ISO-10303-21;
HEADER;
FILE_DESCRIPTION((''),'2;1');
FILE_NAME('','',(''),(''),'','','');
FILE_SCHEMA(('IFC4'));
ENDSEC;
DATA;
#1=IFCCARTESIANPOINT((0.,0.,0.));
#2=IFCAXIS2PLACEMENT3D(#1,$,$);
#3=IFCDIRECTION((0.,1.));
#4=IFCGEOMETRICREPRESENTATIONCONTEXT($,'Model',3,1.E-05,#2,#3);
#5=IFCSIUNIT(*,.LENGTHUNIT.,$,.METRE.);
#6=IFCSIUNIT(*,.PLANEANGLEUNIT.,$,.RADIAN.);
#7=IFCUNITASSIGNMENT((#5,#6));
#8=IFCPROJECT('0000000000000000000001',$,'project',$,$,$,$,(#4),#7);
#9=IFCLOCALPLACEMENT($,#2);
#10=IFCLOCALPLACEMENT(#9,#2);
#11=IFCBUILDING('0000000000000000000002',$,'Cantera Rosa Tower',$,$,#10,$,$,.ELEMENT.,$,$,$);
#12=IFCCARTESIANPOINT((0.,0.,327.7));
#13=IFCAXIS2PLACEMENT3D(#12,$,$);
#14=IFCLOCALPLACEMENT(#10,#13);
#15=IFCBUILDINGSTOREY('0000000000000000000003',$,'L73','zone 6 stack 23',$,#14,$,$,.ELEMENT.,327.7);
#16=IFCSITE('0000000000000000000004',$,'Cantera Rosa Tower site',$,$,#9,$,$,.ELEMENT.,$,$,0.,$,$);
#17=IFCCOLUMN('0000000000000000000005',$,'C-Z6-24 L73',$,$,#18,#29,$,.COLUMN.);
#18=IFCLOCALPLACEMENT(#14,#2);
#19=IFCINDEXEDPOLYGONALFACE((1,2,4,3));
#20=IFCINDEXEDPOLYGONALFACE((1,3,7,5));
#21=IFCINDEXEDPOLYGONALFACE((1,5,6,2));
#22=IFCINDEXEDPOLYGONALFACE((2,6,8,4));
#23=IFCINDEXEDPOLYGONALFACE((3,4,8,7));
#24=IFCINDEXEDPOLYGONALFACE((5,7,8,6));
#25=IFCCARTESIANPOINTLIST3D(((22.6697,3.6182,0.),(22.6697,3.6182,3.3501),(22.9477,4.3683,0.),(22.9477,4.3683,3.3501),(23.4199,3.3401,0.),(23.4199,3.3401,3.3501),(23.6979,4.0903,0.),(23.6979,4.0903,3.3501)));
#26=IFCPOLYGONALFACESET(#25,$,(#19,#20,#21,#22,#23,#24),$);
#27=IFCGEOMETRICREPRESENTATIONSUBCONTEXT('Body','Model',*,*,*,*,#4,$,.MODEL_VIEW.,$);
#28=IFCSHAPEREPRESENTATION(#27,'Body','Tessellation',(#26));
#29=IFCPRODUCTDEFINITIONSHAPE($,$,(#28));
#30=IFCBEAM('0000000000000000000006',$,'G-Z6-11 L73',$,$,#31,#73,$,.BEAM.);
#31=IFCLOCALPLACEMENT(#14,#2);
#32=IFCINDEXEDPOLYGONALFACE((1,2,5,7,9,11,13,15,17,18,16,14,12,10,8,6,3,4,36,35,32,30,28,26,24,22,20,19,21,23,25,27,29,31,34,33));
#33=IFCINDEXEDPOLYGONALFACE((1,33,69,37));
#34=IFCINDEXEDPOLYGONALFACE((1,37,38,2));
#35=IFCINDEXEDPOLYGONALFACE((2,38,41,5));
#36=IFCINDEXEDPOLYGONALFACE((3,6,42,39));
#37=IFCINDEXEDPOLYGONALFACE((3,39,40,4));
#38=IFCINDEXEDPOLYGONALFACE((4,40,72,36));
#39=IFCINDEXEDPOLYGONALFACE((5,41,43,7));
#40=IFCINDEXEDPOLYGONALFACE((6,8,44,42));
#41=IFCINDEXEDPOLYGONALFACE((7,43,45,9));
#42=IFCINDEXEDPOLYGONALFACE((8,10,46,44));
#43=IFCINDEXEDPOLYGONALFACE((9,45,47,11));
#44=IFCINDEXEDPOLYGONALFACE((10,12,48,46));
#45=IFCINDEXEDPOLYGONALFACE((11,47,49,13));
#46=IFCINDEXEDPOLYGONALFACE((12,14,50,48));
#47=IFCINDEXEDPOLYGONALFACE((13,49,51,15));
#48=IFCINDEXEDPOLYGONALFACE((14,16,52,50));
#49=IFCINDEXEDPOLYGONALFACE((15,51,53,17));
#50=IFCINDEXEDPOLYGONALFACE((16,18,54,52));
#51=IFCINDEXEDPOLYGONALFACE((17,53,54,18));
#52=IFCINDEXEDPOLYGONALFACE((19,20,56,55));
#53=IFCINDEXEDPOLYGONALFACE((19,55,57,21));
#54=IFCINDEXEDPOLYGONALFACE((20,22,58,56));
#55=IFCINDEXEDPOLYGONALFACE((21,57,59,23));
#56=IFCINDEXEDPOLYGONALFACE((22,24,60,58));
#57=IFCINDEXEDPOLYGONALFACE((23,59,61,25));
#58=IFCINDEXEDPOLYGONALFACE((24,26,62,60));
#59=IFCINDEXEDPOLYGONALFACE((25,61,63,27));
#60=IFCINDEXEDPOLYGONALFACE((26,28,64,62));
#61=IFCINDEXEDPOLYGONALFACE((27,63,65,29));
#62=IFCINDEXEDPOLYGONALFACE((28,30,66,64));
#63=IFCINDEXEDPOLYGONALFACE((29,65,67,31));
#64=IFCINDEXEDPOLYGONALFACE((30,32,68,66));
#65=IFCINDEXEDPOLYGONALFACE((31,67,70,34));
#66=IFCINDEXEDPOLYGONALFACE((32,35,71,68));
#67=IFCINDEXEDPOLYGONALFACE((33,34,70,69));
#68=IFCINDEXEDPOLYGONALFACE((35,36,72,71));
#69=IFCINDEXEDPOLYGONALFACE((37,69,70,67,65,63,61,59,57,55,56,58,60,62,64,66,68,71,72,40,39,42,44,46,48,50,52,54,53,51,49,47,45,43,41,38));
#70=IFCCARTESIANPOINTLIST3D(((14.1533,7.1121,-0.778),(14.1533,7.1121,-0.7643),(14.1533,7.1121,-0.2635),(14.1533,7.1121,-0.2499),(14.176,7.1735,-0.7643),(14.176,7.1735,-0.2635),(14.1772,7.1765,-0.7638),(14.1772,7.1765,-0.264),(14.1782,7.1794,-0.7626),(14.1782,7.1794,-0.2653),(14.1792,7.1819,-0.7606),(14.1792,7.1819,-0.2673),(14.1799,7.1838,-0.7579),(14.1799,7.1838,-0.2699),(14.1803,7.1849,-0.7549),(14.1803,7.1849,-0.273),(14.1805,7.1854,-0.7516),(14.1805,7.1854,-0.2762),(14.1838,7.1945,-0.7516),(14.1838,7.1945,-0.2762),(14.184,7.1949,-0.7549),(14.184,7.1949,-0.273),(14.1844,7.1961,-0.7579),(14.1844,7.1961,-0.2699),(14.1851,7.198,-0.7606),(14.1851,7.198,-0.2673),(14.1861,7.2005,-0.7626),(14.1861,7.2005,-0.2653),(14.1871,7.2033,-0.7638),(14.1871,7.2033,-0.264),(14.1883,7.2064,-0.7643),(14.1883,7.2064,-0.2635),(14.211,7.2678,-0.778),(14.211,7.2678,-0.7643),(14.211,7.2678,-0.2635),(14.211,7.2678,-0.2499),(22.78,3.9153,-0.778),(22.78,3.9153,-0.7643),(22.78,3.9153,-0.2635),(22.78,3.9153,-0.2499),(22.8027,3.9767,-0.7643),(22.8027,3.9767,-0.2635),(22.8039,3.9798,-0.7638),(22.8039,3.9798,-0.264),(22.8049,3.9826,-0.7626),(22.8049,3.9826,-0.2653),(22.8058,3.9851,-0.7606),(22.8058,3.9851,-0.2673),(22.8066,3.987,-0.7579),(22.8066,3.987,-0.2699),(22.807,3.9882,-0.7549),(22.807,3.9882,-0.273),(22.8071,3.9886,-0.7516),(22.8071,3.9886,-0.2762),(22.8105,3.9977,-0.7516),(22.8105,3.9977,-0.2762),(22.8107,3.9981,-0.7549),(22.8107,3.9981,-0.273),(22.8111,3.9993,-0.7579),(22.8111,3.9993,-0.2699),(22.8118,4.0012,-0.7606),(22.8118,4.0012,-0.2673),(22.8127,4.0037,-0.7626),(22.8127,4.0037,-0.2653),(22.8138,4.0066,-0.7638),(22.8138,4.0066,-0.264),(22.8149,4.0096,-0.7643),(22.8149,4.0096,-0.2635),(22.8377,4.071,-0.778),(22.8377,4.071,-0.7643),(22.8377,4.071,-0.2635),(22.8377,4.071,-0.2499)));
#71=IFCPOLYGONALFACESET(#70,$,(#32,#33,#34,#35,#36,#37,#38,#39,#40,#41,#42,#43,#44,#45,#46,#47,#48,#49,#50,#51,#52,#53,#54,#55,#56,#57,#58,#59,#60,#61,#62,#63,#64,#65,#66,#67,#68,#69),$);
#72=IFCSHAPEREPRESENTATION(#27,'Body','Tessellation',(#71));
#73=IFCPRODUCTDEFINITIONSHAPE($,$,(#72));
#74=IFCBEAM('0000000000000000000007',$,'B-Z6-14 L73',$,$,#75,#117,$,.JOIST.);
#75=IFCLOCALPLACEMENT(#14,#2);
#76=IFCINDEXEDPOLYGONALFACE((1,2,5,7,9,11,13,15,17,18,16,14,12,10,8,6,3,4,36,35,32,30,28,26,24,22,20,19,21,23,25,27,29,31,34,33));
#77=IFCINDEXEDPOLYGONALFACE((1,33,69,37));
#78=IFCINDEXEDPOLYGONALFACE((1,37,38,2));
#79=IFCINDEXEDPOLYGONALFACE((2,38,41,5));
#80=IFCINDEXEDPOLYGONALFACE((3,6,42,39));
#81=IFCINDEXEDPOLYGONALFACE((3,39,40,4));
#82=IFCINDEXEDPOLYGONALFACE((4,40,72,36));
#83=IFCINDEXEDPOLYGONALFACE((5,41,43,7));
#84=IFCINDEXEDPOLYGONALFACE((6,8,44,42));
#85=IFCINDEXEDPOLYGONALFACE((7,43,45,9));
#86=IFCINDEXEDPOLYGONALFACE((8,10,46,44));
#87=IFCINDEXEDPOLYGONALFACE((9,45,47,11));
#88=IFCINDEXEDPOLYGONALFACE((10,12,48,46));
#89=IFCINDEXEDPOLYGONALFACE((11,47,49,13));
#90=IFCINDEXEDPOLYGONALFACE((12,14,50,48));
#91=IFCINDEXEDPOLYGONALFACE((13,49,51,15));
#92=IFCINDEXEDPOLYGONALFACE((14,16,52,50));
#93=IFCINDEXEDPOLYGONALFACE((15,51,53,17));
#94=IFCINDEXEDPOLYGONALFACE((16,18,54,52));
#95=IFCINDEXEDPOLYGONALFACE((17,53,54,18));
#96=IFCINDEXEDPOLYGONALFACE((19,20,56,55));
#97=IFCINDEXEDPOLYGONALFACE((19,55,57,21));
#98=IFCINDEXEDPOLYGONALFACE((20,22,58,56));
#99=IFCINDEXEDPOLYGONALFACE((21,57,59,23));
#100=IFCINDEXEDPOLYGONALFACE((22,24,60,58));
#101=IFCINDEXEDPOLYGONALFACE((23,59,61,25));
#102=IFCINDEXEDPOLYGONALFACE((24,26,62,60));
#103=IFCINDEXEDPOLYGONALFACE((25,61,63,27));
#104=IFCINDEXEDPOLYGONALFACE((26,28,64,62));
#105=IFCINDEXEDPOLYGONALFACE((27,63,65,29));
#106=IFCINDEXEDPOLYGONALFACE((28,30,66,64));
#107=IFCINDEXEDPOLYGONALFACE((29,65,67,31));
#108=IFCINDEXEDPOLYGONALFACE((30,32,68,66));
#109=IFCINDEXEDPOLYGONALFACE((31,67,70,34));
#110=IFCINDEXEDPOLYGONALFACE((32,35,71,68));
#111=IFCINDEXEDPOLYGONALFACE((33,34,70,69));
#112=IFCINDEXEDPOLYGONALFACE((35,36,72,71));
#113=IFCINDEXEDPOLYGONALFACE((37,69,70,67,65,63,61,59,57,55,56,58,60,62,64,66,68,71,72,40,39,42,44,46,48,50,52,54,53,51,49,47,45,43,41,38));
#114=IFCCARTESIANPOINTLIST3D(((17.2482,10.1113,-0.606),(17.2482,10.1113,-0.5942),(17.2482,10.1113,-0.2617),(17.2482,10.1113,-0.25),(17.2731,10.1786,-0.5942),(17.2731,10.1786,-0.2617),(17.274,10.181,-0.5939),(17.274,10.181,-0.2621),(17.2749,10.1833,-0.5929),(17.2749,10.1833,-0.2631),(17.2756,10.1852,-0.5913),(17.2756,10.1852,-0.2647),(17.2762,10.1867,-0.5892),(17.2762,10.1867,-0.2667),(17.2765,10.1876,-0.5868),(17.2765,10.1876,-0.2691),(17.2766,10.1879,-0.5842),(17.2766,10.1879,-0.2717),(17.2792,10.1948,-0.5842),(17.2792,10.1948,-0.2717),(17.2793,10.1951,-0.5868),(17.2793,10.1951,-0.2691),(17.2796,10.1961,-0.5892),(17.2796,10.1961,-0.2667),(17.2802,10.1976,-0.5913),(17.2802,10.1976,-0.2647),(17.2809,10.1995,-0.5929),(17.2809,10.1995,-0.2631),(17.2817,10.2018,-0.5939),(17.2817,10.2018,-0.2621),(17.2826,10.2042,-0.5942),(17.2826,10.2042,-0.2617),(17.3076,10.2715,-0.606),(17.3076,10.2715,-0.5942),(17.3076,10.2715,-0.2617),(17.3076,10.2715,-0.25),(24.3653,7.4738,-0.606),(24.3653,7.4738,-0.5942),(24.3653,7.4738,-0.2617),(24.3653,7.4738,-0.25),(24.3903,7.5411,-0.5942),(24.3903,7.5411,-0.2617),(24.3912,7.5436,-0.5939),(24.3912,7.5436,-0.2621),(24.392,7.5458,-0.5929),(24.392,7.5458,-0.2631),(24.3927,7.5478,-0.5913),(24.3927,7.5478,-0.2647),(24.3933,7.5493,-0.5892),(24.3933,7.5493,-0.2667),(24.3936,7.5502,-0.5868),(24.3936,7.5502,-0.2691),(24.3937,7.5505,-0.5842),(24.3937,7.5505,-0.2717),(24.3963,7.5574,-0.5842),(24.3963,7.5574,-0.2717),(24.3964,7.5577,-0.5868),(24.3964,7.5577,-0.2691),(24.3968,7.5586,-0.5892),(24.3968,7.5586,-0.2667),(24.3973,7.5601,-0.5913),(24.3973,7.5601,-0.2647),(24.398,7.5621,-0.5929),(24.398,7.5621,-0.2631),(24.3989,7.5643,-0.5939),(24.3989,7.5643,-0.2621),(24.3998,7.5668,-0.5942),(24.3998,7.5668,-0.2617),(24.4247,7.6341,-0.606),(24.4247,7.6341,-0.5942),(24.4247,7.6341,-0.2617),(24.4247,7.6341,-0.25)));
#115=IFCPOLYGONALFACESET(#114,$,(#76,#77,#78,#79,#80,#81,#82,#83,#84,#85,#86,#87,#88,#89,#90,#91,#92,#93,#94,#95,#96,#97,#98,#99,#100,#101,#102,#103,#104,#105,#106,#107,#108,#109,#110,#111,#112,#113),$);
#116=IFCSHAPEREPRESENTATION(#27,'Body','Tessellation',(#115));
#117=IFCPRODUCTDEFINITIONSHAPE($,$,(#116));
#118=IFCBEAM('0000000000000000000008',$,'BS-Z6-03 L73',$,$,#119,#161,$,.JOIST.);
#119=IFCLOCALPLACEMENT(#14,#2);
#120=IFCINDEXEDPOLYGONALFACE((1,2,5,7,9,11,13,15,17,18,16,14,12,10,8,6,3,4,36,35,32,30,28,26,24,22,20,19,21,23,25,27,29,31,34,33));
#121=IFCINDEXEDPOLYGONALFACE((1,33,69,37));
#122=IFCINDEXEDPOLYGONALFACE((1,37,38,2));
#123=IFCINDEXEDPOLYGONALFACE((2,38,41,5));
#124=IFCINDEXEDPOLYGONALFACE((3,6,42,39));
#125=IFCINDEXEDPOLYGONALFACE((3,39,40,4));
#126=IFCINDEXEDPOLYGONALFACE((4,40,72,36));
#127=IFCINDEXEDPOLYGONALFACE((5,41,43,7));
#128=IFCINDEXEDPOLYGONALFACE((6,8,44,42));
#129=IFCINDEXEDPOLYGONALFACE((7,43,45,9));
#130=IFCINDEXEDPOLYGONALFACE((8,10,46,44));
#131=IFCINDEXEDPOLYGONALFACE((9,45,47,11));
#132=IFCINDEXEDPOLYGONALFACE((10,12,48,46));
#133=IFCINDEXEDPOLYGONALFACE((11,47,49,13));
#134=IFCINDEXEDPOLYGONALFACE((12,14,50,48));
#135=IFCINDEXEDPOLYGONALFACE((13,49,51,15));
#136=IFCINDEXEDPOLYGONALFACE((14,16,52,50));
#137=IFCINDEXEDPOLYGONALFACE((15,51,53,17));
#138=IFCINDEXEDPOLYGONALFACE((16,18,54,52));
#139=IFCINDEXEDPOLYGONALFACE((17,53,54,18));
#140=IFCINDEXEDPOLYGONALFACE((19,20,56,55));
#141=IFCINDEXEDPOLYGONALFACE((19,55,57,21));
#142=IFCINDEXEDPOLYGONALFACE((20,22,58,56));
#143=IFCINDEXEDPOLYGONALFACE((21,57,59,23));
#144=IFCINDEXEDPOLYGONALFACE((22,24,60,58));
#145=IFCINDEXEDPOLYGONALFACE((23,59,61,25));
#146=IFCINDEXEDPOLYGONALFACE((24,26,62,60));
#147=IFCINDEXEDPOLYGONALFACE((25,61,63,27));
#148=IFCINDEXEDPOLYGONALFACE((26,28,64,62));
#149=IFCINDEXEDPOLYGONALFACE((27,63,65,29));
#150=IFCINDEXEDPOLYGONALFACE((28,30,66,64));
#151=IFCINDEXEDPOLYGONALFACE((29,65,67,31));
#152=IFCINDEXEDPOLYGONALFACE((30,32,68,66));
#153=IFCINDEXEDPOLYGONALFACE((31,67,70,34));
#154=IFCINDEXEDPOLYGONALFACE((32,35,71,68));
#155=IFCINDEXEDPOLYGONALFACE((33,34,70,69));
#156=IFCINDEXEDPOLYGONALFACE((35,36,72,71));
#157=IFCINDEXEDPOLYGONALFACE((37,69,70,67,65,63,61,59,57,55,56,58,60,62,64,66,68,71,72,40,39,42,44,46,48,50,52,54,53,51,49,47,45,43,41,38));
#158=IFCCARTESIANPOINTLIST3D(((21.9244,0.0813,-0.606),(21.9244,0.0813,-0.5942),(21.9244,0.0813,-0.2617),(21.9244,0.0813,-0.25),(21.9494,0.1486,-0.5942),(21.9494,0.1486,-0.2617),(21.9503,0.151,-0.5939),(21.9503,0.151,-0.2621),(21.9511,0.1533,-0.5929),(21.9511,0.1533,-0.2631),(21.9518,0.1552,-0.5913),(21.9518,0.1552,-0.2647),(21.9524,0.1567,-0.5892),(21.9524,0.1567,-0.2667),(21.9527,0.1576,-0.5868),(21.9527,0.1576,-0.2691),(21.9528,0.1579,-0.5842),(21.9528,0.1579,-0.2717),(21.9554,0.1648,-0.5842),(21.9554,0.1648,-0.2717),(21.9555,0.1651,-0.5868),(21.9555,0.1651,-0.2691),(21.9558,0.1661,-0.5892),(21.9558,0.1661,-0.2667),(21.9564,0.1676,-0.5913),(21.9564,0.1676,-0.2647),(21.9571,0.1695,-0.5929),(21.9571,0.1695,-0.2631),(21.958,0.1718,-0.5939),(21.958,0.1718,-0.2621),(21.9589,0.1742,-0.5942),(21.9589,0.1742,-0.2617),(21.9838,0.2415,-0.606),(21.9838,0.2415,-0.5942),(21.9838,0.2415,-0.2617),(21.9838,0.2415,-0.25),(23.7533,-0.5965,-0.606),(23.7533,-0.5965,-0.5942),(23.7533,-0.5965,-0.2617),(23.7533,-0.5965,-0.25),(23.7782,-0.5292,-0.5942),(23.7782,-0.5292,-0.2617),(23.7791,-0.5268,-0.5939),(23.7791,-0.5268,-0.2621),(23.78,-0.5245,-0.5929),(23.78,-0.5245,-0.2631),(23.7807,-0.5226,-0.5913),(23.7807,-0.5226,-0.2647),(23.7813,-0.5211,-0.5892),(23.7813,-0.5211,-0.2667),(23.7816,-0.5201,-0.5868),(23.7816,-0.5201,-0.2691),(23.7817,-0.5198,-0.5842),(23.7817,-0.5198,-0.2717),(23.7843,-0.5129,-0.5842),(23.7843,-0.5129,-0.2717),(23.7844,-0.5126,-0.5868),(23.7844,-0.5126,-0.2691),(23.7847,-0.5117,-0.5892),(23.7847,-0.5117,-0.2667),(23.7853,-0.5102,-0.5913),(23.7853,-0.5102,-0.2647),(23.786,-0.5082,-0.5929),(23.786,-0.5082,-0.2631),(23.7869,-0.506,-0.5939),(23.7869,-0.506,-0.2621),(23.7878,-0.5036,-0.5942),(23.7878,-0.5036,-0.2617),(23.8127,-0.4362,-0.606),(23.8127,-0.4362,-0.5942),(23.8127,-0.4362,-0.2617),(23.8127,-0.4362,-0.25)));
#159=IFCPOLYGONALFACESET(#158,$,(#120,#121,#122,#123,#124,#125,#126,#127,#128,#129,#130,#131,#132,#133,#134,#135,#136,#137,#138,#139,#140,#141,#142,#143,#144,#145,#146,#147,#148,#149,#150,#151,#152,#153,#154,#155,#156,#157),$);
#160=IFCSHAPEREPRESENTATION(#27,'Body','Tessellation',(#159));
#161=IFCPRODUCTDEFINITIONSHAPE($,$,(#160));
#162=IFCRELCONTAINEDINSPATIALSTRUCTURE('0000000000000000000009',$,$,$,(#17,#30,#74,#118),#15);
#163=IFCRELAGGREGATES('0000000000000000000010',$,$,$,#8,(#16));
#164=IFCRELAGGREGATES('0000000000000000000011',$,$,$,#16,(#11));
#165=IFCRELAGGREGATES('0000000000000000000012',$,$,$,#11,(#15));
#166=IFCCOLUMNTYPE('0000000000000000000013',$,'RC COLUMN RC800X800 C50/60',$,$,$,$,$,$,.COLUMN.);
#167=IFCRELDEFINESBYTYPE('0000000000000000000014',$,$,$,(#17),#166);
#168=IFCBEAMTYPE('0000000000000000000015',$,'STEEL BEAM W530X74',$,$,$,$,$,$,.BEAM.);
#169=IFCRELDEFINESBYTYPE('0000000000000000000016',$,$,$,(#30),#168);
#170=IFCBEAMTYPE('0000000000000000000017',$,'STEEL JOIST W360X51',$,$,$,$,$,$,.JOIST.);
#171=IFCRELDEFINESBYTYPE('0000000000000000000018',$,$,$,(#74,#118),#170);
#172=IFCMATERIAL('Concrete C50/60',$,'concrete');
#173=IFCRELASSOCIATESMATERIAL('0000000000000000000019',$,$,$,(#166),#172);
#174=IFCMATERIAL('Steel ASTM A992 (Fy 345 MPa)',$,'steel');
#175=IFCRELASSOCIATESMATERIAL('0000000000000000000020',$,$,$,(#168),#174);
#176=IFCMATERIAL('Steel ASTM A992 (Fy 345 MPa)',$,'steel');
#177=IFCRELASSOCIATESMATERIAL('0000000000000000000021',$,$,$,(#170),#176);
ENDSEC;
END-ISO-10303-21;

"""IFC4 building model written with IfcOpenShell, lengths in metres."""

from ifc_helpers import new_model, si_unit, direction, frame, origin, origin_2d, place, context, subcontext, project, spatial, rectangle, i_section, extrude, material, material_profile, profile_set, type_object, element, save


model = new_model("IFC4")

# Units and contexts
model_context = context("Model", 3, precision=1e-05, world=origin(), true_north=direction((0.0, 1.0)))
body_context = subcontext(model_context, "Body", "Model", "MODEL_VIEW")
ifc_project = project(units=[si_unit("LENGTHUNIT", "METRE"), si_unit("PLANEANGLEUNIT", "RADIAN")], contexts=[model_context])

# Site, building, storey
site_placement = place(None, origin())
site = spatial("IfcSite", under=ifc_project, at=site_placement, Name="Cantera Rosa Tower site", CompositionType="ELEMENT", RefElevation=0.0)
building_placement = place(site_placement, origin())
building = spatial("IfcBuilding", under=site, at=building_placement, Name="Cantera Rosa Tower", CompositionType="ELEMENT")
storey_placement = place(building_placement, frame((0.0, 0.0, 327.7)))
storey = spatial("IfcBuildingStorey", under=building, at=storey_placement, Name="L73", Description="zone 6 stack 23", CompositionType="ELEMENT", Elevation=327.7)

# Column
ifc_material_1 = material(Name="Concrete C50/60", Category="concrete")
ifc_material_profile_1 = material_profile(ifc_material_1, rectangle(XDim=0.8, YDim=0.8, at=origin_2d()), Name="RC COLUMN RC800X800 C50/60")
ifc_profile_set_1 = profile_set([ifc_material_profile_1], Name="Concrete C50/60")
column_type = type_object("IfcColumnType", Name="RC COLUMN RC800X800 C50/60", PredefinedType="COLUMN", material=ifc_profile_set_1)
column_placement = place(storey_placement, frame((23.1838, 3.8542, 0.0), z_axis=(0.0, 0.0, 1.0), x_axis=(0.347481, 0.937687, 0.0)))
element("IfcColumn", 1, at=column_placement, inside=storey, type_object=column_type, Name="C-Z6-24 L73", PredefinedType="COLUMN", context=body_context, shape_type="SweptSolid", body=[
    extrude(rectangle(XDim=0.8, YDim=0.8, at=origin_2d()), origin(), (0.0, 0.0, 1.0), 3.3501),
])

# Beams
ifc_material_2 = material(Name="Steel ASTM A992 (Fy 345 MPa)", Category="steel")
ifc_material_profile_2 = material_profile(ifc_material_2, i_section(OverallWidth=0.166, OverallDepth=0.5281, WebThickness=0.0098, FlangeThickness=0.0137, FilletRadius=0.0127, at=origin_2d()), Name="W530X74")
ifc_profile_set_2 = profile_set([ifc_material_profile_2], Name="Steel ASTM A992 (Fy 345 MPa)")
beam_type_1 = type_object("IfcBeamType", Name="STEEL BEAM W530X74", PredefinedType="BEAM", material=ifc_profile_set_2)
beam_1_placement = place(storey_placement, frame((22.8088, 3.9932, -0.5139), z_axis=(-0.937689, 0.347477, 0.0), x_axis=(-0.347477, -0.937689, 0.0)))
element("IfcBeam", 2, at=beam_1_placement, inside=storey, type_object=beam_type_1, Name="G-Z6-11 L73", PredefinedType="BEAM", context=body_context, shape_type="SweptSolid", body=[
    extrude(i_section(OverallWidth=0.166, OverallDepth=0.5281, WebThickness=0.0098, FlangeThickness=0.0137, FilletRadius=0.0127, at=origin_2d()), origin(), (0.0, 0.0, 1.0), 9.2),
])
ifc_material_3 = material(Name="Steel ASTM A992 (Fy 345 MPa)", Category="steel")
ifc_material_profile_3 = material_profile(ifc_material_3, i_section(OverallWidth=0.1709, OverallDepth=0.356, WebThickness=0.0073, FlangeThickness=0.0117, FilletRadius=0.01, at=origin_2d()), Name="W360X51")
ifc_profile_set_3 = profile_set([ifc_material_profile_3], Name="Steel ASTM A992 (Fy 345 MPa)")
beam_type_2 = type_object("IfcBeamType", Name="STEEL JOIST W360X51", PredefinedType="JOIST", material=ifc_profile_set_3)
beam_2_placement = place(storey_placement, frame((24.395, 7.554, -0.428), z_axis=(-0.937686, 0.347483, 0.0), x_axis=(-0.347483, -0.937686, 0.0)))
element("IfcBeam", 3, at=beam_2_placement, inside=storey, type_object=beam_type_2, Name="B-Z6-14 L73", PredefinedType="JOIST", context=body_context, shape_type="SweptSolid", body=[
    extrude(i_section(OverallWidth=0.1709, OverallDepth=0.356, WebThickness=0.0073, FlangeThickness=0.0117, FilletRadius=0.01, at=origin_2d()), origin(), (0.0, 0.0, 1.0), 7.5901),
])
beam_3_placement = place(storey_placement, frame((21.9541, 0.1614, -0.428), z_axis=(0.937685, -0.347486, 0.0), x_axis=(0.347486, 0.937685, 0.0)))
element("IfcBeam", 4, at=beam_3_placement, inside=storey, type_object=beam_type_2, Name="BS-Z6-03 L73", PredefinedType="JOIST", context=body_context, shape_type="SweptSolid", body=[
    extrude(i_section(OverallWidth=0.1709, OverallDepth=0.356, WebThickness=0.0073, FlangeThickness=0.0117, FilletRadius=0.01, at=origin_2d()), origin(), (0.0, 0.0, 1.0), 1.9504),
])

save(model, "model.ifc")
